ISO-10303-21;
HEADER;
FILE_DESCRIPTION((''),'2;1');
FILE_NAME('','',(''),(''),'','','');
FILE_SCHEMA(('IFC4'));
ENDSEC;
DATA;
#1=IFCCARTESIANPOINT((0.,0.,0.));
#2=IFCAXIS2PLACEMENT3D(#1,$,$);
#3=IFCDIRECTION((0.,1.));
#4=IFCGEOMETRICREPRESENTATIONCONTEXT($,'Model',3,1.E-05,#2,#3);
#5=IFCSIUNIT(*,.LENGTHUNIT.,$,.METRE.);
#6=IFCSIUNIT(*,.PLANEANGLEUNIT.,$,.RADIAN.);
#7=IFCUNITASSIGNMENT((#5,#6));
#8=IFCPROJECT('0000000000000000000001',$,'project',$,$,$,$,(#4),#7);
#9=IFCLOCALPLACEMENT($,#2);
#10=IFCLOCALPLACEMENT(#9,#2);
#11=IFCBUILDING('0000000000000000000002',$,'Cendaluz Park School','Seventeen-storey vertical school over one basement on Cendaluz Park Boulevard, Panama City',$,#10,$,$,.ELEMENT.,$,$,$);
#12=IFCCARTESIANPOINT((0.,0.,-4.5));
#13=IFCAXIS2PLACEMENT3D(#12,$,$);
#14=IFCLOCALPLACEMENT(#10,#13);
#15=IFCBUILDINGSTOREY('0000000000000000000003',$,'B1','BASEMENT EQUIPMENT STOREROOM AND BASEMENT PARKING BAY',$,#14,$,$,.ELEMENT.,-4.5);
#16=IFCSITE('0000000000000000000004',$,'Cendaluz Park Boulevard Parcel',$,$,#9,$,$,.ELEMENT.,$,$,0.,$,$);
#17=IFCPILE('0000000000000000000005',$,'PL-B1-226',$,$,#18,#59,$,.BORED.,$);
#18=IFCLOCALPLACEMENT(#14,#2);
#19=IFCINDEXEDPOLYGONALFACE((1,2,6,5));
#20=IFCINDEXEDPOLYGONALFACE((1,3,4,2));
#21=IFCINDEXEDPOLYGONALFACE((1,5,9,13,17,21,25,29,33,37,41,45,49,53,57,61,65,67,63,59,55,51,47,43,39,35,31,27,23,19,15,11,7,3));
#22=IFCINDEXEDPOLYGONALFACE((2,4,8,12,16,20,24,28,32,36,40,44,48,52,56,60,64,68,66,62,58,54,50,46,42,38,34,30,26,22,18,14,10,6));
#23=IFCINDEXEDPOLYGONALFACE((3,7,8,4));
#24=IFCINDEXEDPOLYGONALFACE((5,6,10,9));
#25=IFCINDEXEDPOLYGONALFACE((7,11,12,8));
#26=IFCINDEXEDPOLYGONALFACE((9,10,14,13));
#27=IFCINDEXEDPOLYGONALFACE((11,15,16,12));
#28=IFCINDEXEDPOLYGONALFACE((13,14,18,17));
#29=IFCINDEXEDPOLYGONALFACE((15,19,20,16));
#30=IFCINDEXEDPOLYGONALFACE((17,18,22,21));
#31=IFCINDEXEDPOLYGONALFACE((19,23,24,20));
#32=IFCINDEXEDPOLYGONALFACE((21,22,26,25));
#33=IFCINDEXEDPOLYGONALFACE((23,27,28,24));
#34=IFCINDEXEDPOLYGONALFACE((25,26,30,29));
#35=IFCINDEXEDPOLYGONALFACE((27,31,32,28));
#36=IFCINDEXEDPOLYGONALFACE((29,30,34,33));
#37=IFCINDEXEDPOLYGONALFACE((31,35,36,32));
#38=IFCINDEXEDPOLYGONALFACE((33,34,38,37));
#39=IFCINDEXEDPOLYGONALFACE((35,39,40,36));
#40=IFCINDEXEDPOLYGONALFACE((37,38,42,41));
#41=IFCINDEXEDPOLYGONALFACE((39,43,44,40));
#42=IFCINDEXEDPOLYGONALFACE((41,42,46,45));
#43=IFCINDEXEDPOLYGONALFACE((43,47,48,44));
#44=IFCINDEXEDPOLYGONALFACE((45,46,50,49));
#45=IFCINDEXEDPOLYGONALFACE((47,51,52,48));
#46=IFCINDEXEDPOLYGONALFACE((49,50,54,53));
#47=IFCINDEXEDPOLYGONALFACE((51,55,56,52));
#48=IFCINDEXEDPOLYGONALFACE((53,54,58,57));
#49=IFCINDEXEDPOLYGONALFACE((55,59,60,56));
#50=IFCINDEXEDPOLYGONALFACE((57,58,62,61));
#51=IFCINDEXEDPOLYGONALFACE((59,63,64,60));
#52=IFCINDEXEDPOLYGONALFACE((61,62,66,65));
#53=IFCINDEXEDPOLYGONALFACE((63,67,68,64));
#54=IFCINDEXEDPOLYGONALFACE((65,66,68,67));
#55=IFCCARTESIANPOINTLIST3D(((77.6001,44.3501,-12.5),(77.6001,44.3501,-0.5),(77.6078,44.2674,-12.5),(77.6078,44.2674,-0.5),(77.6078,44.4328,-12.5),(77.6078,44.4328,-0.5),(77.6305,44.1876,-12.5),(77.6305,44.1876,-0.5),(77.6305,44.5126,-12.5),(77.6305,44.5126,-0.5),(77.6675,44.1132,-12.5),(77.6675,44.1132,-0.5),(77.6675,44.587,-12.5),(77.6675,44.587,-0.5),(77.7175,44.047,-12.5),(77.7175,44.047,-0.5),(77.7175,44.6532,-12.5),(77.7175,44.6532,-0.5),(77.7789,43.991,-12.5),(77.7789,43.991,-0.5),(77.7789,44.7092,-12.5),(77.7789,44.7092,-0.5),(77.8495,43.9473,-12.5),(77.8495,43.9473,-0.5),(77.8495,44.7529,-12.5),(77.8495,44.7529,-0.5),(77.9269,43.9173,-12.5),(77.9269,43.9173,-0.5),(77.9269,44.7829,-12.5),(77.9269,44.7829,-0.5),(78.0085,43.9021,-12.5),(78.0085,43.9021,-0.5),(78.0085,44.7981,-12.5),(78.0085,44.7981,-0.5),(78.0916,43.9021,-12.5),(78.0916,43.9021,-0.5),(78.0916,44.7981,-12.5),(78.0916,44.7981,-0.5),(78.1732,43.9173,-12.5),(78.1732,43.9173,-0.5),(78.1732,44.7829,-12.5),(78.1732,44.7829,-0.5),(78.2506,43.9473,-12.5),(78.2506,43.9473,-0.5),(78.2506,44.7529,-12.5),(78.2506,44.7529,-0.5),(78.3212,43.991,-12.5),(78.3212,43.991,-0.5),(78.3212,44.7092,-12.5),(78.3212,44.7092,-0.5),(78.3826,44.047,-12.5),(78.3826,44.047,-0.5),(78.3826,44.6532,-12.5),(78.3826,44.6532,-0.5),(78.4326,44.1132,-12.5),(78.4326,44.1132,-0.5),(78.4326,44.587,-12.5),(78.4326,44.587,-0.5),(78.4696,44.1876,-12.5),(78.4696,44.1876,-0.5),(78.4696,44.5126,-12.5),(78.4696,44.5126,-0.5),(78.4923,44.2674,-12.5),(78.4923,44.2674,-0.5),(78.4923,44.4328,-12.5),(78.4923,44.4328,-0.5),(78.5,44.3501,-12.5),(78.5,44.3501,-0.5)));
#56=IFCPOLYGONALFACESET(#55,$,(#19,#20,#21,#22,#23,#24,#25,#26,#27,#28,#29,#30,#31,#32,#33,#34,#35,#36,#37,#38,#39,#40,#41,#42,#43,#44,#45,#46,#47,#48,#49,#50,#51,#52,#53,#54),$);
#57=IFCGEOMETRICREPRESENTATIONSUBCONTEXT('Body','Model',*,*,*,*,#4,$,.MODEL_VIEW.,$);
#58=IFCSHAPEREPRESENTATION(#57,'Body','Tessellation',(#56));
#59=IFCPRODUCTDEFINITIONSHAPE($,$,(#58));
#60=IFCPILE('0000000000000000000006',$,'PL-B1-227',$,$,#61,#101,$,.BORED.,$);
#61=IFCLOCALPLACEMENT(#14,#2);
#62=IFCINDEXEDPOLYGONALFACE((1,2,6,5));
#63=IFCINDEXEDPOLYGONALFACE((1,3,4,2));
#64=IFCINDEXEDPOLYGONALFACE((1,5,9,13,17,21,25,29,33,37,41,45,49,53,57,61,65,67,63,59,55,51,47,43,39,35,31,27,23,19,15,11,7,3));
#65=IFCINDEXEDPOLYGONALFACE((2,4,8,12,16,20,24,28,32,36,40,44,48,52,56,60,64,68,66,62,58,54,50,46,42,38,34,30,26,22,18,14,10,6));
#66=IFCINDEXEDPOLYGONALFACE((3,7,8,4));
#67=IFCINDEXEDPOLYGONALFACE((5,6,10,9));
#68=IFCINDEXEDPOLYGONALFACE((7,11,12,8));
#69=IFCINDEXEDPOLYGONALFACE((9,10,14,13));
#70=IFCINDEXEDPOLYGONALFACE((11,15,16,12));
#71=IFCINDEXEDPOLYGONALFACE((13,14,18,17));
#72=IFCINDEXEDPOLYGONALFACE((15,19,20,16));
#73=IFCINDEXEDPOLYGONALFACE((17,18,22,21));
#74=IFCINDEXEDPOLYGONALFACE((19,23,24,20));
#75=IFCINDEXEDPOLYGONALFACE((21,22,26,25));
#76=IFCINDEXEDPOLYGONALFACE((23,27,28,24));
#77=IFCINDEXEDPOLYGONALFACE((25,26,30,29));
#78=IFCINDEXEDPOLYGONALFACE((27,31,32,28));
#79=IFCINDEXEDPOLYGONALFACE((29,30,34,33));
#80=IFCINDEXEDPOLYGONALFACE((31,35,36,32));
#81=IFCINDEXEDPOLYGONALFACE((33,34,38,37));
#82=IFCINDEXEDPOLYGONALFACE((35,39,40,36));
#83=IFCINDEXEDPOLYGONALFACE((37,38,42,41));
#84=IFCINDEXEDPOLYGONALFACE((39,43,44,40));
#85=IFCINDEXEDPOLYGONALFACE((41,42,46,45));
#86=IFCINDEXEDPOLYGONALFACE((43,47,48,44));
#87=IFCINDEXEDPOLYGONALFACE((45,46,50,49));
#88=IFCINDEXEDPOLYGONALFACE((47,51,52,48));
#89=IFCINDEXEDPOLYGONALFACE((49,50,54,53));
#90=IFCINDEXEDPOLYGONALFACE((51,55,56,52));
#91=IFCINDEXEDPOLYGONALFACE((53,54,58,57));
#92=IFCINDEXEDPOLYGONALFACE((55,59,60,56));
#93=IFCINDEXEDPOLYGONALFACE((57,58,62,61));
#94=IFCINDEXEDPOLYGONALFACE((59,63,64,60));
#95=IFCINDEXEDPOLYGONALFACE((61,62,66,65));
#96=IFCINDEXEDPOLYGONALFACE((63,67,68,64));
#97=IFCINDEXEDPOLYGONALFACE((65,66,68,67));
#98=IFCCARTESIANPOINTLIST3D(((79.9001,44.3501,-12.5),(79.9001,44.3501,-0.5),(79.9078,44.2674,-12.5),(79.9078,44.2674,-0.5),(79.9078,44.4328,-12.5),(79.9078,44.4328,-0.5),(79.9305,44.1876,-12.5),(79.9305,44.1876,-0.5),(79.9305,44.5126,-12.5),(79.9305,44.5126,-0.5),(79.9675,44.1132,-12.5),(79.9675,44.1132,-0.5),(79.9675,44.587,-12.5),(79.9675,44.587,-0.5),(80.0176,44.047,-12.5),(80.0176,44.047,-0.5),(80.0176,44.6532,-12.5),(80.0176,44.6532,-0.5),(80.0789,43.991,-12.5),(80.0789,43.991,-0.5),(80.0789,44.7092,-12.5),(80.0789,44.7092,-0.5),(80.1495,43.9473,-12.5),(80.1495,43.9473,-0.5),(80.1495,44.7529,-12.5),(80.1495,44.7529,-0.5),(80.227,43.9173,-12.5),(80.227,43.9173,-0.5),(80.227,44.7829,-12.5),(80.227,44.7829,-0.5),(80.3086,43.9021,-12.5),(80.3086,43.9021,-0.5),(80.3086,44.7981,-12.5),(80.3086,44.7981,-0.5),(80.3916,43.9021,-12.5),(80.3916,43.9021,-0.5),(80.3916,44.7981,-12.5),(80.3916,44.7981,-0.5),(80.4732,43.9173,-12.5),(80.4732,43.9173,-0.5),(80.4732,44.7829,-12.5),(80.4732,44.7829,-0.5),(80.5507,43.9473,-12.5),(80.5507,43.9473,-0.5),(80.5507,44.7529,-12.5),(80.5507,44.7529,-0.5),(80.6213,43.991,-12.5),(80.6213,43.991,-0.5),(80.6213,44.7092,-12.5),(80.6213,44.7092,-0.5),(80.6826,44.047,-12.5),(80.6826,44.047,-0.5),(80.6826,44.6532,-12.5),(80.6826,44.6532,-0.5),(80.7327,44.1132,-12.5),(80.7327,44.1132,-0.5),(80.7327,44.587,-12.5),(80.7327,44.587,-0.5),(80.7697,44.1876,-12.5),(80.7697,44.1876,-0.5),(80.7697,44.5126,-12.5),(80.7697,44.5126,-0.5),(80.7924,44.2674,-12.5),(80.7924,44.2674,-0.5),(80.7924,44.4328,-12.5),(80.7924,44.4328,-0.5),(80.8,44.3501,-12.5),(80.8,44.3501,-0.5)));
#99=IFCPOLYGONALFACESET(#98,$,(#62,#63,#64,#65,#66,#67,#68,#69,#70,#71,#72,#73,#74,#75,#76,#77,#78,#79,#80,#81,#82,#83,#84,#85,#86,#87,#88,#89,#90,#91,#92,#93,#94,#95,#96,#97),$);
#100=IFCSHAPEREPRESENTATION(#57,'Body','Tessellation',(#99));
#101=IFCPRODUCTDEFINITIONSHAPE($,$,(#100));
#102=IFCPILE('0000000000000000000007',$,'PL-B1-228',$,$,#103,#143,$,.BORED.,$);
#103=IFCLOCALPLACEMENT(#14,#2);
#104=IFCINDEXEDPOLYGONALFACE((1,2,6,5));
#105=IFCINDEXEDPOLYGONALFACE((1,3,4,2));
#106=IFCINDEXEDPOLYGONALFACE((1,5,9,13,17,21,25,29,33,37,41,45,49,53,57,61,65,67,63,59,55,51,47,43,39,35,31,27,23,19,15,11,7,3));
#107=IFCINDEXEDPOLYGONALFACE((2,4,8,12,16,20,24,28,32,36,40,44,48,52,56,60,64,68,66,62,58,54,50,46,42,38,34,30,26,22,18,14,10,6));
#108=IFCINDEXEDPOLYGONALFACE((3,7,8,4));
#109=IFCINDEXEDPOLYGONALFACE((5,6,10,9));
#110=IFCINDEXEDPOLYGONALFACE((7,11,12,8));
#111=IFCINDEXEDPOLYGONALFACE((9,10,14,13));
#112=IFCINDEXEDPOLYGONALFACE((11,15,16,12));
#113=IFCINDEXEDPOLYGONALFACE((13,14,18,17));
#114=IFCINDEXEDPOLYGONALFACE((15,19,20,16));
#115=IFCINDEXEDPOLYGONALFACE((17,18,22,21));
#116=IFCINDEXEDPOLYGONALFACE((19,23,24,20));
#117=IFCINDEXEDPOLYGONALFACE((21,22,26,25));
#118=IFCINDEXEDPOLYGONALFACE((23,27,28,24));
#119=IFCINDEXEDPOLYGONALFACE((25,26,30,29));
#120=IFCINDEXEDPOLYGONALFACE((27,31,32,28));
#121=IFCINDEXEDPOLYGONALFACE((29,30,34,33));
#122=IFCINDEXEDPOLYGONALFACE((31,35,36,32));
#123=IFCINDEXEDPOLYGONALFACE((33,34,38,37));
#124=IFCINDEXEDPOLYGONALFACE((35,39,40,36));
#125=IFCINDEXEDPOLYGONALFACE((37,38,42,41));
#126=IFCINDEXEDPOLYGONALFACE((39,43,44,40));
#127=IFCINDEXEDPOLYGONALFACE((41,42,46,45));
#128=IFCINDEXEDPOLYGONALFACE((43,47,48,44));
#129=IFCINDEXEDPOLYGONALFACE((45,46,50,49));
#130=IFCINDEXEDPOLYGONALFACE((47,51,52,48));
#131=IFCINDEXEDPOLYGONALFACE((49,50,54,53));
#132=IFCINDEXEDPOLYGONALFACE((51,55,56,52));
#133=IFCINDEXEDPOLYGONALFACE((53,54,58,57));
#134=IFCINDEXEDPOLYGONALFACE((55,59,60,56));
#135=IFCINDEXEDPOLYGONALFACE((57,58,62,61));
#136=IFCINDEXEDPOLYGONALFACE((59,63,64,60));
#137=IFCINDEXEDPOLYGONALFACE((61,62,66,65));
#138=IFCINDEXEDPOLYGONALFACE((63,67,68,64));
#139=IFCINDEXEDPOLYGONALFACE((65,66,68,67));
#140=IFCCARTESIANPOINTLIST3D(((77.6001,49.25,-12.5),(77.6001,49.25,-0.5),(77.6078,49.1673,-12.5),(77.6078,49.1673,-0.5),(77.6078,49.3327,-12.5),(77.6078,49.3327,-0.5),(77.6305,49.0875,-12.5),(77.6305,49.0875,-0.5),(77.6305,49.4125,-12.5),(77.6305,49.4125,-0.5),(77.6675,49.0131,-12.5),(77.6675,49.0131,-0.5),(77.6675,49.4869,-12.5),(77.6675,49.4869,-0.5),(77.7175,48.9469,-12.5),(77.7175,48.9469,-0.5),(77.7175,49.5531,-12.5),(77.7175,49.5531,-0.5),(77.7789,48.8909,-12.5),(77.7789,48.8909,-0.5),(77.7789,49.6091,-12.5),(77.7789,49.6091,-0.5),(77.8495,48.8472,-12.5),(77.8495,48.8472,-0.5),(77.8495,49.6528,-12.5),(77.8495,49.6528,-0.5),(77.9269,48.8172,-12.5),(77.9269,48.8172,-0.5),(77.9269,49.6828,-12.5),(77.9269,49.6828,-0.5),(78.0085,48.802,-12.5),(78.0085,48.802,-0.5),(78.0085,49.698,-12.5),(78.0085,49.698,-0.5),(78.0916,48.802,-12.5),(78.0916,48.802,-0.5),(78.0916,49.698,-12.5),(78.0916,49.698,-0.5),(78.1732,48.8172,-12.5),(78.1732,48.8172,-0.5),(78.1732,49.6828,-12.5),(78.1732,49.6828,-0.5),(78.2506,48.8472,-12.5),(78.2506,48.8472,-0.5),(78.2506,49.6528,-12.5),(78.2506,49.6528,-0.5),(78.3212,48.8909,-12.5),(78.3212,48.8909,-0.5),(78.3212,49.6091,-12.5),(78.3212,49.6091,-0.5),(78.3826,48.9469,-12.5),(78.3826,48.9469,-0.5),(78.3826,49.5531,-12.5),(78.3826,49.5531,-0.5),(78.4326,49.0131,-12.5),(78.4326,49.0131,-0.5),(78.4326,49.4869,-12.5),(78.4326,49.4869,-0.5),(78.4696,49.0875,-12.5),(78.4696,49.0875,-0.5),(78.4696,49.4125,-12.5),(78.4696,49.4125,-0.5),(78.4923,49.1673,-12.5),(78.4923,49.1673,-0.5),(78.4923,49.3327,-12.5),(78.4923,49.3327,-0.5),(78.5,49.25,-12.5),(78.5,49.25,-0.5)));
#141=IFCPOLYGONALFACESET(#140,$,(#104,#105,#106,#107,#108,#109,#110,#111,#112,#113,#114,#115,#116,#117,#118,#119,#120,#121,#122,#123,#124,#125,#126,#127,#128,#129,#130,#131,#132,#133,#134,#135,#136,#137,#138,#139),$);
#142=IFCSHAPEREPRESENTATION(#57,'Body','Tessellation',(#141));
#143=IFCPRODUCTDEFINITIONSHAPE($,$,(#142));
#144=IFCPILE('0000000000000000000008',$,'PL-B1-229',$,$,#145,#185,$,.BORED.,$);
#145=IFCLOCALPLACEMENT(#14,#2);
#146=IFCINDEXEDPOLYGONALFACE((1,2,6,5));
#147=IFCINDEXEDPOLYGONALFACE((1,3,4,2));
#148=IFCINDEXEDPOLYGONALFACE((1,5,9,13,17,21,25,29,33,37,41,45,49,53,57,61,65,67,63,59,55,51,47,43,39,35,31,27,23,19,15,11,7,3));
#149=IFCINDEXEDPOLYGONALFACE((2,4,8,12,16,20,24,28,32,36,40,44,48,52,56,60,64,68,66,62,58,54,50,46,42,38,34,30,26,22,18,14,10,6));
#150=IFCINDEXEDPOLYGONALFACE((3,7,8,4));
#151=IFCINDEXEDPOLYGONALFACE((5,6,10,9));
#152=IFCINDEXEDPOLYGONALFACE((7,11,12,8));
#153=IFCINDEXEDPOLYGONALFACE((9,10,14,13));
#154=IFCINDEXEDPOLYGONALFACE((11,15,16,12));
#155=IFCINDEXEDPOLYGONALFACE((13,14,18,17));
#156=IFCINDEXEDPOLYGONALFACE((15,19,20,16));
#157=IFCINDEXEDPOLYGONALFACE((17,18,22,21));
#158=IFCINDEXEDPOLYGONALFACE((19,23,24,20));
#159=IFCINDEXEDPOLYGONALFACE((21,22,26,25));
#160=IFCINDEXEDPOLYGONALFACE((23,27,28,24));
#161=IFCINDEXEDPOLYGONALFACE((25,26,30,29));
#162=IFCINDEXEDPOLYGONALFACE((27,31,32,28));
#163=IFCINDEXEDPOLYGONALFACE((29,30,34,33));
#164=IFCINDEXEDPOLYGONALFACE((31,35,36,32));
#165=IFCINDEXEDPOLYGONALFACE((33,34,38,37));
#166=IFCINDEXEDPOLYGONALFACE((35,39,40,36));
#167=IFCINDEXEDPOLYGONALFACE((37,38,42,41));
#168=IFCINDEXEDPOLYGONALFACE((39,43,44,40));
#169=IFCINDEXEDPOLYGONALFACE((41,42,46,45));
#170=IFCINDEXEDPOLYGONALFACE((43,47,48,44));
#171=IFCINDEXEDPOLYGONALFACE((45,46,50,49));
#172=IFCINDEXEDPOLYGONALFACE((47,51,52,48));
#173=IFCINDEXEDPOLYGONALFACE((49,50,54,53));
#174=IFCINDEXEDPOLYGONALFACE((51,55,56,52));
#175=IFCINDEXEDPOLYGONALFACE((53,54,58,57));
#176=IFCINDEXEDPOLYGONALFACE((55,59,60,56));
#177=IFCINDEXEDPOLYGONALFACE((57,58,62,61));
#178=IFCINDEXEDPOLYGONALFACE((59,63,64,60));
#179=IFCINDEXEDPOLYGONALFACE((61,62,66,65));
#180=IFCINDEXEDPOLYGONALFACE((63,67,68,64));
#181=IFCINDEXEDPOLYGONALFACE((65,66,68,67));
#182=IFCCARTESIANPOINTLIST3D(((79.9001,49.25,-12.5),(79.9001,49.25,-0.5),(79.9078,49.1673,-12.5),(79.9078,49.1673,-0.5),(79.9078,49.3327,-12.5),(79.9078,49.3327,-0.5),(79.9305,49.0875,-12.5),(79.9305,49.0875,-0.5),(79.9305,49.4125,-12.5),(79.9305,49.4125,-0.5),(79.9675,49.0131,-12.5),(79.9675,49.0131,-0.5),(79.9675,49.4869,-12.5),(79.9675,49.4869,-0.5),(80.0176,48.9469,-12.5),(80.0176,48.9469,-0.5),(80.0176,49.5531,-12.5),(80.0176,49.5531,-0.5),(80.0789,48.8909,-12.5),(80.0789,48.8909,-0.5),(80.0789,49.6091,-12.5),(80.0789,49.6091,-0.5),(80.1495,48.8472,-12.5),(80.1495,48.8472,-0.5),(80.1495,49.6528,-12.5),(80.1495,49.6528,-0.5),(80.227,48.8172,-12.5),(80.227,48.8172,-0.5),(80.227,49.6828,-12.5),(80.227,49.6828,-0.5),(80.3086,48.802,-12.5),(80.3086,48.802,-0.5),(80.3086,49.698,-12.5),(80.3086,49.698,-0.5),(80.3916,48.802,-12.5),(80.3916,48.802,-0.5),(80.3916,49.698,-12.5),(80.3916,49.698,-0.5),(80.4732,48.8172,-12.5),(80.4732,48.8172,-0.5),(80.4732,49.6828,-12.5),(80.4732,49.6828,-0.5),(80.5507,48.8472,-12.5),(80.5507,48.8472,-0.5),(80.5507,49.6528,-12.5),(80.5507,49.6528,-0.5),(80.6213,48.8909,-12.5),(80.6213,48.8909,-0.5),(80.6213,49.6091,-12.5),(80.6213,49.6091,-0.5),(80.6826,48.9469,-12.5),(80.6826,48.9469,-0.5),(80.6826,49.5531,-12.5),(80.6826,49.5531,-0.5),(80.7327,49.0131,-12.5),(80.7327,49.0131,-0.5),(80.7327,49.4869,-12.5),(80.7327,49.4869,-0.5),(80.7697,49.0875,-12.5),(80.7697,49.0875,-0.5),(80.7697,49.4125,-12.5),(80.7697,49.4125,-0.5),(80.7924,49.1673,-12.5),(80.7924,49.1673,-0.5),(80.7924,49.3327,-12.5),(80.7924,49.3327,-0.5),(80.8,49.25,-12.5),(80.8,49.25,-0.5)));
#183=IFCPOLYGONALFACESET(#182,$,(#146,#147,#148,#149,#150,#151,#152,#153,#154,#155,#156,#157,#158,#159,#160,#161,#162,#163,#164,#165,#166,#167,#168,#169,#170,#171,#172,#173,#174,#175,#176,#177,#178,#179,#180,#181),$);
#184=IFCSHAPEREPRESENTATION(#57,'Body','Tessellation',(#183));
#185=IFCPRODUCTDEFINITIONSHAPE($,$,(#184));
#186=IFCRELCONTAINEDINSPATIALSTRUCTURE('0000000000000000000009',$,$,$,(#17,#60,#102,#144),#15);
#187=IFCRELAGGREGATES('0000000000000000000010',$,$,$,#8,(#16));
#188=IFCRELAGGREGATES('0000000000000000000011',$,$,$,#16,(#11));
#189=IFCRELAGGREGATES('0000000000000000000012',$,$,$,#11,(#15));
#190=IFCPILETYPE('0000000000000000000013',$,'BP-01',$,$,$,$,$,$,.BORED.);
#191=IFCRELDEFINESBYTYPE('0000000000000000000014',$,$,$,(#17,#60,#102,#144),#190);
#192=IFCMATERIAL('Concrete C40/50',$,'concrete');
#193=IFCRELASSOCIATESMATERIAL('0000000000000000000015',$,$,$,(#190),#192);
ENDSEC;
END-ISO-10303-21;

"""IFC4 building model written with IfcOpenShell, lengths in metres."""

from ifc_helpers import new_model, si_unit, direction, frame, origin, origin_2d, place, context, subcontext, project, spatial, circle, extrude, material, material_profile, profile_set, type_object, element, save


model = new_model("IFC4")

# Units and contexts
model_context = context("Model", 3, precision=1e-05, world=origin(), true_north=direction((0.0, 1.0)))
body_context = subcontext(model_context, "Body", "Model", "MODEL_VIEW")
ifc_project = project(units=[si_unit("LENGTHUNIT", "METRE"), si_unit("PLANEANGLEUNIT", "RADIAN")], contexts=[model_context])

# Site, building, storey
site_placement = place(None, origin())
site = spatial("IfcSite", under=ifc_project, at=site_placement, Name="Cendaluz Park Boulevard Parcel", CompositionType="ELEMENT", RefElevation=0.0)
building_placement = place(site_placement, origin())
building = spatial("IfcBuilding", under=site, at=building_placement, Name="Cendaluz Park School", Description="Seventeen-storey vertical school over one basement on Cendaluz Park Boulevard, Panama City", CompositionType="ELEMENT")
storey_placement = place(building_placement, frame((0.0, 0.0, -4.5)))
storey = spatial("IfcBuildingStorey", under=building, at=storey_placement, Name="B1", Description="BASEMENT EQUIPMENT STOREROOM AND BASEMENT PARKING BAY", CompositionType="ELEMENT", Elevation=-4.5)

# Piles
ifc_material_1 = material(Name="Concrete C40/50", Category="concrete")
ifc_material_profile_1 = material_profile(ifc_material_1, circle(Radius=0.45, at=origin_2d()), Name="BP D900", Category="concrete")
ifc_profile_set_1 = profile_set([ifc_material_profile_1], Name="Concrete C40/50")
pile_type = type_object("IfcPileType", Name="BP-01", PredefinedType="BORED", material=ifc_profile_set_1)
for number, where, z_axis, x_axis, name in (
    (1, (78.05, 44.3501, -0.5), (0.0, 0.0, -1.0), (1.0, 0.0, 0.0), "PL-B1-226"),
    (2, (80.3501, 44.3501, -0.5), (0.0, 0.0, -1.0), (1.0, 0.0, 0.0), "PL-B1-227"),
    (3, (78.05, 49.25, -0.5), (0.0, 0.0, -1.0), (1.0, 0.0, 0.0), "PL-B1-228"),
    (4, (80.3501, 49.25, -0.5), (0.0, 0.0, -1.0), (1.0, 0.0, 0.0), "PL-B1-229"),
):
    element("IfcPile", number, at=place(storey_placement, frame(where, z_axis=z_axis, x_axis=x_axis)), inside=storey, type_object=pile_type, Name=name, PredefinedType="BORED", context=body_context, shape_type="SweptSolid", body=[
        extrude(circle(Radius=0.45, at=origin_2d()), origin(), (0.0, 0.0, 1.0), 12.0),
    ])

save(model, "model.ifc")
